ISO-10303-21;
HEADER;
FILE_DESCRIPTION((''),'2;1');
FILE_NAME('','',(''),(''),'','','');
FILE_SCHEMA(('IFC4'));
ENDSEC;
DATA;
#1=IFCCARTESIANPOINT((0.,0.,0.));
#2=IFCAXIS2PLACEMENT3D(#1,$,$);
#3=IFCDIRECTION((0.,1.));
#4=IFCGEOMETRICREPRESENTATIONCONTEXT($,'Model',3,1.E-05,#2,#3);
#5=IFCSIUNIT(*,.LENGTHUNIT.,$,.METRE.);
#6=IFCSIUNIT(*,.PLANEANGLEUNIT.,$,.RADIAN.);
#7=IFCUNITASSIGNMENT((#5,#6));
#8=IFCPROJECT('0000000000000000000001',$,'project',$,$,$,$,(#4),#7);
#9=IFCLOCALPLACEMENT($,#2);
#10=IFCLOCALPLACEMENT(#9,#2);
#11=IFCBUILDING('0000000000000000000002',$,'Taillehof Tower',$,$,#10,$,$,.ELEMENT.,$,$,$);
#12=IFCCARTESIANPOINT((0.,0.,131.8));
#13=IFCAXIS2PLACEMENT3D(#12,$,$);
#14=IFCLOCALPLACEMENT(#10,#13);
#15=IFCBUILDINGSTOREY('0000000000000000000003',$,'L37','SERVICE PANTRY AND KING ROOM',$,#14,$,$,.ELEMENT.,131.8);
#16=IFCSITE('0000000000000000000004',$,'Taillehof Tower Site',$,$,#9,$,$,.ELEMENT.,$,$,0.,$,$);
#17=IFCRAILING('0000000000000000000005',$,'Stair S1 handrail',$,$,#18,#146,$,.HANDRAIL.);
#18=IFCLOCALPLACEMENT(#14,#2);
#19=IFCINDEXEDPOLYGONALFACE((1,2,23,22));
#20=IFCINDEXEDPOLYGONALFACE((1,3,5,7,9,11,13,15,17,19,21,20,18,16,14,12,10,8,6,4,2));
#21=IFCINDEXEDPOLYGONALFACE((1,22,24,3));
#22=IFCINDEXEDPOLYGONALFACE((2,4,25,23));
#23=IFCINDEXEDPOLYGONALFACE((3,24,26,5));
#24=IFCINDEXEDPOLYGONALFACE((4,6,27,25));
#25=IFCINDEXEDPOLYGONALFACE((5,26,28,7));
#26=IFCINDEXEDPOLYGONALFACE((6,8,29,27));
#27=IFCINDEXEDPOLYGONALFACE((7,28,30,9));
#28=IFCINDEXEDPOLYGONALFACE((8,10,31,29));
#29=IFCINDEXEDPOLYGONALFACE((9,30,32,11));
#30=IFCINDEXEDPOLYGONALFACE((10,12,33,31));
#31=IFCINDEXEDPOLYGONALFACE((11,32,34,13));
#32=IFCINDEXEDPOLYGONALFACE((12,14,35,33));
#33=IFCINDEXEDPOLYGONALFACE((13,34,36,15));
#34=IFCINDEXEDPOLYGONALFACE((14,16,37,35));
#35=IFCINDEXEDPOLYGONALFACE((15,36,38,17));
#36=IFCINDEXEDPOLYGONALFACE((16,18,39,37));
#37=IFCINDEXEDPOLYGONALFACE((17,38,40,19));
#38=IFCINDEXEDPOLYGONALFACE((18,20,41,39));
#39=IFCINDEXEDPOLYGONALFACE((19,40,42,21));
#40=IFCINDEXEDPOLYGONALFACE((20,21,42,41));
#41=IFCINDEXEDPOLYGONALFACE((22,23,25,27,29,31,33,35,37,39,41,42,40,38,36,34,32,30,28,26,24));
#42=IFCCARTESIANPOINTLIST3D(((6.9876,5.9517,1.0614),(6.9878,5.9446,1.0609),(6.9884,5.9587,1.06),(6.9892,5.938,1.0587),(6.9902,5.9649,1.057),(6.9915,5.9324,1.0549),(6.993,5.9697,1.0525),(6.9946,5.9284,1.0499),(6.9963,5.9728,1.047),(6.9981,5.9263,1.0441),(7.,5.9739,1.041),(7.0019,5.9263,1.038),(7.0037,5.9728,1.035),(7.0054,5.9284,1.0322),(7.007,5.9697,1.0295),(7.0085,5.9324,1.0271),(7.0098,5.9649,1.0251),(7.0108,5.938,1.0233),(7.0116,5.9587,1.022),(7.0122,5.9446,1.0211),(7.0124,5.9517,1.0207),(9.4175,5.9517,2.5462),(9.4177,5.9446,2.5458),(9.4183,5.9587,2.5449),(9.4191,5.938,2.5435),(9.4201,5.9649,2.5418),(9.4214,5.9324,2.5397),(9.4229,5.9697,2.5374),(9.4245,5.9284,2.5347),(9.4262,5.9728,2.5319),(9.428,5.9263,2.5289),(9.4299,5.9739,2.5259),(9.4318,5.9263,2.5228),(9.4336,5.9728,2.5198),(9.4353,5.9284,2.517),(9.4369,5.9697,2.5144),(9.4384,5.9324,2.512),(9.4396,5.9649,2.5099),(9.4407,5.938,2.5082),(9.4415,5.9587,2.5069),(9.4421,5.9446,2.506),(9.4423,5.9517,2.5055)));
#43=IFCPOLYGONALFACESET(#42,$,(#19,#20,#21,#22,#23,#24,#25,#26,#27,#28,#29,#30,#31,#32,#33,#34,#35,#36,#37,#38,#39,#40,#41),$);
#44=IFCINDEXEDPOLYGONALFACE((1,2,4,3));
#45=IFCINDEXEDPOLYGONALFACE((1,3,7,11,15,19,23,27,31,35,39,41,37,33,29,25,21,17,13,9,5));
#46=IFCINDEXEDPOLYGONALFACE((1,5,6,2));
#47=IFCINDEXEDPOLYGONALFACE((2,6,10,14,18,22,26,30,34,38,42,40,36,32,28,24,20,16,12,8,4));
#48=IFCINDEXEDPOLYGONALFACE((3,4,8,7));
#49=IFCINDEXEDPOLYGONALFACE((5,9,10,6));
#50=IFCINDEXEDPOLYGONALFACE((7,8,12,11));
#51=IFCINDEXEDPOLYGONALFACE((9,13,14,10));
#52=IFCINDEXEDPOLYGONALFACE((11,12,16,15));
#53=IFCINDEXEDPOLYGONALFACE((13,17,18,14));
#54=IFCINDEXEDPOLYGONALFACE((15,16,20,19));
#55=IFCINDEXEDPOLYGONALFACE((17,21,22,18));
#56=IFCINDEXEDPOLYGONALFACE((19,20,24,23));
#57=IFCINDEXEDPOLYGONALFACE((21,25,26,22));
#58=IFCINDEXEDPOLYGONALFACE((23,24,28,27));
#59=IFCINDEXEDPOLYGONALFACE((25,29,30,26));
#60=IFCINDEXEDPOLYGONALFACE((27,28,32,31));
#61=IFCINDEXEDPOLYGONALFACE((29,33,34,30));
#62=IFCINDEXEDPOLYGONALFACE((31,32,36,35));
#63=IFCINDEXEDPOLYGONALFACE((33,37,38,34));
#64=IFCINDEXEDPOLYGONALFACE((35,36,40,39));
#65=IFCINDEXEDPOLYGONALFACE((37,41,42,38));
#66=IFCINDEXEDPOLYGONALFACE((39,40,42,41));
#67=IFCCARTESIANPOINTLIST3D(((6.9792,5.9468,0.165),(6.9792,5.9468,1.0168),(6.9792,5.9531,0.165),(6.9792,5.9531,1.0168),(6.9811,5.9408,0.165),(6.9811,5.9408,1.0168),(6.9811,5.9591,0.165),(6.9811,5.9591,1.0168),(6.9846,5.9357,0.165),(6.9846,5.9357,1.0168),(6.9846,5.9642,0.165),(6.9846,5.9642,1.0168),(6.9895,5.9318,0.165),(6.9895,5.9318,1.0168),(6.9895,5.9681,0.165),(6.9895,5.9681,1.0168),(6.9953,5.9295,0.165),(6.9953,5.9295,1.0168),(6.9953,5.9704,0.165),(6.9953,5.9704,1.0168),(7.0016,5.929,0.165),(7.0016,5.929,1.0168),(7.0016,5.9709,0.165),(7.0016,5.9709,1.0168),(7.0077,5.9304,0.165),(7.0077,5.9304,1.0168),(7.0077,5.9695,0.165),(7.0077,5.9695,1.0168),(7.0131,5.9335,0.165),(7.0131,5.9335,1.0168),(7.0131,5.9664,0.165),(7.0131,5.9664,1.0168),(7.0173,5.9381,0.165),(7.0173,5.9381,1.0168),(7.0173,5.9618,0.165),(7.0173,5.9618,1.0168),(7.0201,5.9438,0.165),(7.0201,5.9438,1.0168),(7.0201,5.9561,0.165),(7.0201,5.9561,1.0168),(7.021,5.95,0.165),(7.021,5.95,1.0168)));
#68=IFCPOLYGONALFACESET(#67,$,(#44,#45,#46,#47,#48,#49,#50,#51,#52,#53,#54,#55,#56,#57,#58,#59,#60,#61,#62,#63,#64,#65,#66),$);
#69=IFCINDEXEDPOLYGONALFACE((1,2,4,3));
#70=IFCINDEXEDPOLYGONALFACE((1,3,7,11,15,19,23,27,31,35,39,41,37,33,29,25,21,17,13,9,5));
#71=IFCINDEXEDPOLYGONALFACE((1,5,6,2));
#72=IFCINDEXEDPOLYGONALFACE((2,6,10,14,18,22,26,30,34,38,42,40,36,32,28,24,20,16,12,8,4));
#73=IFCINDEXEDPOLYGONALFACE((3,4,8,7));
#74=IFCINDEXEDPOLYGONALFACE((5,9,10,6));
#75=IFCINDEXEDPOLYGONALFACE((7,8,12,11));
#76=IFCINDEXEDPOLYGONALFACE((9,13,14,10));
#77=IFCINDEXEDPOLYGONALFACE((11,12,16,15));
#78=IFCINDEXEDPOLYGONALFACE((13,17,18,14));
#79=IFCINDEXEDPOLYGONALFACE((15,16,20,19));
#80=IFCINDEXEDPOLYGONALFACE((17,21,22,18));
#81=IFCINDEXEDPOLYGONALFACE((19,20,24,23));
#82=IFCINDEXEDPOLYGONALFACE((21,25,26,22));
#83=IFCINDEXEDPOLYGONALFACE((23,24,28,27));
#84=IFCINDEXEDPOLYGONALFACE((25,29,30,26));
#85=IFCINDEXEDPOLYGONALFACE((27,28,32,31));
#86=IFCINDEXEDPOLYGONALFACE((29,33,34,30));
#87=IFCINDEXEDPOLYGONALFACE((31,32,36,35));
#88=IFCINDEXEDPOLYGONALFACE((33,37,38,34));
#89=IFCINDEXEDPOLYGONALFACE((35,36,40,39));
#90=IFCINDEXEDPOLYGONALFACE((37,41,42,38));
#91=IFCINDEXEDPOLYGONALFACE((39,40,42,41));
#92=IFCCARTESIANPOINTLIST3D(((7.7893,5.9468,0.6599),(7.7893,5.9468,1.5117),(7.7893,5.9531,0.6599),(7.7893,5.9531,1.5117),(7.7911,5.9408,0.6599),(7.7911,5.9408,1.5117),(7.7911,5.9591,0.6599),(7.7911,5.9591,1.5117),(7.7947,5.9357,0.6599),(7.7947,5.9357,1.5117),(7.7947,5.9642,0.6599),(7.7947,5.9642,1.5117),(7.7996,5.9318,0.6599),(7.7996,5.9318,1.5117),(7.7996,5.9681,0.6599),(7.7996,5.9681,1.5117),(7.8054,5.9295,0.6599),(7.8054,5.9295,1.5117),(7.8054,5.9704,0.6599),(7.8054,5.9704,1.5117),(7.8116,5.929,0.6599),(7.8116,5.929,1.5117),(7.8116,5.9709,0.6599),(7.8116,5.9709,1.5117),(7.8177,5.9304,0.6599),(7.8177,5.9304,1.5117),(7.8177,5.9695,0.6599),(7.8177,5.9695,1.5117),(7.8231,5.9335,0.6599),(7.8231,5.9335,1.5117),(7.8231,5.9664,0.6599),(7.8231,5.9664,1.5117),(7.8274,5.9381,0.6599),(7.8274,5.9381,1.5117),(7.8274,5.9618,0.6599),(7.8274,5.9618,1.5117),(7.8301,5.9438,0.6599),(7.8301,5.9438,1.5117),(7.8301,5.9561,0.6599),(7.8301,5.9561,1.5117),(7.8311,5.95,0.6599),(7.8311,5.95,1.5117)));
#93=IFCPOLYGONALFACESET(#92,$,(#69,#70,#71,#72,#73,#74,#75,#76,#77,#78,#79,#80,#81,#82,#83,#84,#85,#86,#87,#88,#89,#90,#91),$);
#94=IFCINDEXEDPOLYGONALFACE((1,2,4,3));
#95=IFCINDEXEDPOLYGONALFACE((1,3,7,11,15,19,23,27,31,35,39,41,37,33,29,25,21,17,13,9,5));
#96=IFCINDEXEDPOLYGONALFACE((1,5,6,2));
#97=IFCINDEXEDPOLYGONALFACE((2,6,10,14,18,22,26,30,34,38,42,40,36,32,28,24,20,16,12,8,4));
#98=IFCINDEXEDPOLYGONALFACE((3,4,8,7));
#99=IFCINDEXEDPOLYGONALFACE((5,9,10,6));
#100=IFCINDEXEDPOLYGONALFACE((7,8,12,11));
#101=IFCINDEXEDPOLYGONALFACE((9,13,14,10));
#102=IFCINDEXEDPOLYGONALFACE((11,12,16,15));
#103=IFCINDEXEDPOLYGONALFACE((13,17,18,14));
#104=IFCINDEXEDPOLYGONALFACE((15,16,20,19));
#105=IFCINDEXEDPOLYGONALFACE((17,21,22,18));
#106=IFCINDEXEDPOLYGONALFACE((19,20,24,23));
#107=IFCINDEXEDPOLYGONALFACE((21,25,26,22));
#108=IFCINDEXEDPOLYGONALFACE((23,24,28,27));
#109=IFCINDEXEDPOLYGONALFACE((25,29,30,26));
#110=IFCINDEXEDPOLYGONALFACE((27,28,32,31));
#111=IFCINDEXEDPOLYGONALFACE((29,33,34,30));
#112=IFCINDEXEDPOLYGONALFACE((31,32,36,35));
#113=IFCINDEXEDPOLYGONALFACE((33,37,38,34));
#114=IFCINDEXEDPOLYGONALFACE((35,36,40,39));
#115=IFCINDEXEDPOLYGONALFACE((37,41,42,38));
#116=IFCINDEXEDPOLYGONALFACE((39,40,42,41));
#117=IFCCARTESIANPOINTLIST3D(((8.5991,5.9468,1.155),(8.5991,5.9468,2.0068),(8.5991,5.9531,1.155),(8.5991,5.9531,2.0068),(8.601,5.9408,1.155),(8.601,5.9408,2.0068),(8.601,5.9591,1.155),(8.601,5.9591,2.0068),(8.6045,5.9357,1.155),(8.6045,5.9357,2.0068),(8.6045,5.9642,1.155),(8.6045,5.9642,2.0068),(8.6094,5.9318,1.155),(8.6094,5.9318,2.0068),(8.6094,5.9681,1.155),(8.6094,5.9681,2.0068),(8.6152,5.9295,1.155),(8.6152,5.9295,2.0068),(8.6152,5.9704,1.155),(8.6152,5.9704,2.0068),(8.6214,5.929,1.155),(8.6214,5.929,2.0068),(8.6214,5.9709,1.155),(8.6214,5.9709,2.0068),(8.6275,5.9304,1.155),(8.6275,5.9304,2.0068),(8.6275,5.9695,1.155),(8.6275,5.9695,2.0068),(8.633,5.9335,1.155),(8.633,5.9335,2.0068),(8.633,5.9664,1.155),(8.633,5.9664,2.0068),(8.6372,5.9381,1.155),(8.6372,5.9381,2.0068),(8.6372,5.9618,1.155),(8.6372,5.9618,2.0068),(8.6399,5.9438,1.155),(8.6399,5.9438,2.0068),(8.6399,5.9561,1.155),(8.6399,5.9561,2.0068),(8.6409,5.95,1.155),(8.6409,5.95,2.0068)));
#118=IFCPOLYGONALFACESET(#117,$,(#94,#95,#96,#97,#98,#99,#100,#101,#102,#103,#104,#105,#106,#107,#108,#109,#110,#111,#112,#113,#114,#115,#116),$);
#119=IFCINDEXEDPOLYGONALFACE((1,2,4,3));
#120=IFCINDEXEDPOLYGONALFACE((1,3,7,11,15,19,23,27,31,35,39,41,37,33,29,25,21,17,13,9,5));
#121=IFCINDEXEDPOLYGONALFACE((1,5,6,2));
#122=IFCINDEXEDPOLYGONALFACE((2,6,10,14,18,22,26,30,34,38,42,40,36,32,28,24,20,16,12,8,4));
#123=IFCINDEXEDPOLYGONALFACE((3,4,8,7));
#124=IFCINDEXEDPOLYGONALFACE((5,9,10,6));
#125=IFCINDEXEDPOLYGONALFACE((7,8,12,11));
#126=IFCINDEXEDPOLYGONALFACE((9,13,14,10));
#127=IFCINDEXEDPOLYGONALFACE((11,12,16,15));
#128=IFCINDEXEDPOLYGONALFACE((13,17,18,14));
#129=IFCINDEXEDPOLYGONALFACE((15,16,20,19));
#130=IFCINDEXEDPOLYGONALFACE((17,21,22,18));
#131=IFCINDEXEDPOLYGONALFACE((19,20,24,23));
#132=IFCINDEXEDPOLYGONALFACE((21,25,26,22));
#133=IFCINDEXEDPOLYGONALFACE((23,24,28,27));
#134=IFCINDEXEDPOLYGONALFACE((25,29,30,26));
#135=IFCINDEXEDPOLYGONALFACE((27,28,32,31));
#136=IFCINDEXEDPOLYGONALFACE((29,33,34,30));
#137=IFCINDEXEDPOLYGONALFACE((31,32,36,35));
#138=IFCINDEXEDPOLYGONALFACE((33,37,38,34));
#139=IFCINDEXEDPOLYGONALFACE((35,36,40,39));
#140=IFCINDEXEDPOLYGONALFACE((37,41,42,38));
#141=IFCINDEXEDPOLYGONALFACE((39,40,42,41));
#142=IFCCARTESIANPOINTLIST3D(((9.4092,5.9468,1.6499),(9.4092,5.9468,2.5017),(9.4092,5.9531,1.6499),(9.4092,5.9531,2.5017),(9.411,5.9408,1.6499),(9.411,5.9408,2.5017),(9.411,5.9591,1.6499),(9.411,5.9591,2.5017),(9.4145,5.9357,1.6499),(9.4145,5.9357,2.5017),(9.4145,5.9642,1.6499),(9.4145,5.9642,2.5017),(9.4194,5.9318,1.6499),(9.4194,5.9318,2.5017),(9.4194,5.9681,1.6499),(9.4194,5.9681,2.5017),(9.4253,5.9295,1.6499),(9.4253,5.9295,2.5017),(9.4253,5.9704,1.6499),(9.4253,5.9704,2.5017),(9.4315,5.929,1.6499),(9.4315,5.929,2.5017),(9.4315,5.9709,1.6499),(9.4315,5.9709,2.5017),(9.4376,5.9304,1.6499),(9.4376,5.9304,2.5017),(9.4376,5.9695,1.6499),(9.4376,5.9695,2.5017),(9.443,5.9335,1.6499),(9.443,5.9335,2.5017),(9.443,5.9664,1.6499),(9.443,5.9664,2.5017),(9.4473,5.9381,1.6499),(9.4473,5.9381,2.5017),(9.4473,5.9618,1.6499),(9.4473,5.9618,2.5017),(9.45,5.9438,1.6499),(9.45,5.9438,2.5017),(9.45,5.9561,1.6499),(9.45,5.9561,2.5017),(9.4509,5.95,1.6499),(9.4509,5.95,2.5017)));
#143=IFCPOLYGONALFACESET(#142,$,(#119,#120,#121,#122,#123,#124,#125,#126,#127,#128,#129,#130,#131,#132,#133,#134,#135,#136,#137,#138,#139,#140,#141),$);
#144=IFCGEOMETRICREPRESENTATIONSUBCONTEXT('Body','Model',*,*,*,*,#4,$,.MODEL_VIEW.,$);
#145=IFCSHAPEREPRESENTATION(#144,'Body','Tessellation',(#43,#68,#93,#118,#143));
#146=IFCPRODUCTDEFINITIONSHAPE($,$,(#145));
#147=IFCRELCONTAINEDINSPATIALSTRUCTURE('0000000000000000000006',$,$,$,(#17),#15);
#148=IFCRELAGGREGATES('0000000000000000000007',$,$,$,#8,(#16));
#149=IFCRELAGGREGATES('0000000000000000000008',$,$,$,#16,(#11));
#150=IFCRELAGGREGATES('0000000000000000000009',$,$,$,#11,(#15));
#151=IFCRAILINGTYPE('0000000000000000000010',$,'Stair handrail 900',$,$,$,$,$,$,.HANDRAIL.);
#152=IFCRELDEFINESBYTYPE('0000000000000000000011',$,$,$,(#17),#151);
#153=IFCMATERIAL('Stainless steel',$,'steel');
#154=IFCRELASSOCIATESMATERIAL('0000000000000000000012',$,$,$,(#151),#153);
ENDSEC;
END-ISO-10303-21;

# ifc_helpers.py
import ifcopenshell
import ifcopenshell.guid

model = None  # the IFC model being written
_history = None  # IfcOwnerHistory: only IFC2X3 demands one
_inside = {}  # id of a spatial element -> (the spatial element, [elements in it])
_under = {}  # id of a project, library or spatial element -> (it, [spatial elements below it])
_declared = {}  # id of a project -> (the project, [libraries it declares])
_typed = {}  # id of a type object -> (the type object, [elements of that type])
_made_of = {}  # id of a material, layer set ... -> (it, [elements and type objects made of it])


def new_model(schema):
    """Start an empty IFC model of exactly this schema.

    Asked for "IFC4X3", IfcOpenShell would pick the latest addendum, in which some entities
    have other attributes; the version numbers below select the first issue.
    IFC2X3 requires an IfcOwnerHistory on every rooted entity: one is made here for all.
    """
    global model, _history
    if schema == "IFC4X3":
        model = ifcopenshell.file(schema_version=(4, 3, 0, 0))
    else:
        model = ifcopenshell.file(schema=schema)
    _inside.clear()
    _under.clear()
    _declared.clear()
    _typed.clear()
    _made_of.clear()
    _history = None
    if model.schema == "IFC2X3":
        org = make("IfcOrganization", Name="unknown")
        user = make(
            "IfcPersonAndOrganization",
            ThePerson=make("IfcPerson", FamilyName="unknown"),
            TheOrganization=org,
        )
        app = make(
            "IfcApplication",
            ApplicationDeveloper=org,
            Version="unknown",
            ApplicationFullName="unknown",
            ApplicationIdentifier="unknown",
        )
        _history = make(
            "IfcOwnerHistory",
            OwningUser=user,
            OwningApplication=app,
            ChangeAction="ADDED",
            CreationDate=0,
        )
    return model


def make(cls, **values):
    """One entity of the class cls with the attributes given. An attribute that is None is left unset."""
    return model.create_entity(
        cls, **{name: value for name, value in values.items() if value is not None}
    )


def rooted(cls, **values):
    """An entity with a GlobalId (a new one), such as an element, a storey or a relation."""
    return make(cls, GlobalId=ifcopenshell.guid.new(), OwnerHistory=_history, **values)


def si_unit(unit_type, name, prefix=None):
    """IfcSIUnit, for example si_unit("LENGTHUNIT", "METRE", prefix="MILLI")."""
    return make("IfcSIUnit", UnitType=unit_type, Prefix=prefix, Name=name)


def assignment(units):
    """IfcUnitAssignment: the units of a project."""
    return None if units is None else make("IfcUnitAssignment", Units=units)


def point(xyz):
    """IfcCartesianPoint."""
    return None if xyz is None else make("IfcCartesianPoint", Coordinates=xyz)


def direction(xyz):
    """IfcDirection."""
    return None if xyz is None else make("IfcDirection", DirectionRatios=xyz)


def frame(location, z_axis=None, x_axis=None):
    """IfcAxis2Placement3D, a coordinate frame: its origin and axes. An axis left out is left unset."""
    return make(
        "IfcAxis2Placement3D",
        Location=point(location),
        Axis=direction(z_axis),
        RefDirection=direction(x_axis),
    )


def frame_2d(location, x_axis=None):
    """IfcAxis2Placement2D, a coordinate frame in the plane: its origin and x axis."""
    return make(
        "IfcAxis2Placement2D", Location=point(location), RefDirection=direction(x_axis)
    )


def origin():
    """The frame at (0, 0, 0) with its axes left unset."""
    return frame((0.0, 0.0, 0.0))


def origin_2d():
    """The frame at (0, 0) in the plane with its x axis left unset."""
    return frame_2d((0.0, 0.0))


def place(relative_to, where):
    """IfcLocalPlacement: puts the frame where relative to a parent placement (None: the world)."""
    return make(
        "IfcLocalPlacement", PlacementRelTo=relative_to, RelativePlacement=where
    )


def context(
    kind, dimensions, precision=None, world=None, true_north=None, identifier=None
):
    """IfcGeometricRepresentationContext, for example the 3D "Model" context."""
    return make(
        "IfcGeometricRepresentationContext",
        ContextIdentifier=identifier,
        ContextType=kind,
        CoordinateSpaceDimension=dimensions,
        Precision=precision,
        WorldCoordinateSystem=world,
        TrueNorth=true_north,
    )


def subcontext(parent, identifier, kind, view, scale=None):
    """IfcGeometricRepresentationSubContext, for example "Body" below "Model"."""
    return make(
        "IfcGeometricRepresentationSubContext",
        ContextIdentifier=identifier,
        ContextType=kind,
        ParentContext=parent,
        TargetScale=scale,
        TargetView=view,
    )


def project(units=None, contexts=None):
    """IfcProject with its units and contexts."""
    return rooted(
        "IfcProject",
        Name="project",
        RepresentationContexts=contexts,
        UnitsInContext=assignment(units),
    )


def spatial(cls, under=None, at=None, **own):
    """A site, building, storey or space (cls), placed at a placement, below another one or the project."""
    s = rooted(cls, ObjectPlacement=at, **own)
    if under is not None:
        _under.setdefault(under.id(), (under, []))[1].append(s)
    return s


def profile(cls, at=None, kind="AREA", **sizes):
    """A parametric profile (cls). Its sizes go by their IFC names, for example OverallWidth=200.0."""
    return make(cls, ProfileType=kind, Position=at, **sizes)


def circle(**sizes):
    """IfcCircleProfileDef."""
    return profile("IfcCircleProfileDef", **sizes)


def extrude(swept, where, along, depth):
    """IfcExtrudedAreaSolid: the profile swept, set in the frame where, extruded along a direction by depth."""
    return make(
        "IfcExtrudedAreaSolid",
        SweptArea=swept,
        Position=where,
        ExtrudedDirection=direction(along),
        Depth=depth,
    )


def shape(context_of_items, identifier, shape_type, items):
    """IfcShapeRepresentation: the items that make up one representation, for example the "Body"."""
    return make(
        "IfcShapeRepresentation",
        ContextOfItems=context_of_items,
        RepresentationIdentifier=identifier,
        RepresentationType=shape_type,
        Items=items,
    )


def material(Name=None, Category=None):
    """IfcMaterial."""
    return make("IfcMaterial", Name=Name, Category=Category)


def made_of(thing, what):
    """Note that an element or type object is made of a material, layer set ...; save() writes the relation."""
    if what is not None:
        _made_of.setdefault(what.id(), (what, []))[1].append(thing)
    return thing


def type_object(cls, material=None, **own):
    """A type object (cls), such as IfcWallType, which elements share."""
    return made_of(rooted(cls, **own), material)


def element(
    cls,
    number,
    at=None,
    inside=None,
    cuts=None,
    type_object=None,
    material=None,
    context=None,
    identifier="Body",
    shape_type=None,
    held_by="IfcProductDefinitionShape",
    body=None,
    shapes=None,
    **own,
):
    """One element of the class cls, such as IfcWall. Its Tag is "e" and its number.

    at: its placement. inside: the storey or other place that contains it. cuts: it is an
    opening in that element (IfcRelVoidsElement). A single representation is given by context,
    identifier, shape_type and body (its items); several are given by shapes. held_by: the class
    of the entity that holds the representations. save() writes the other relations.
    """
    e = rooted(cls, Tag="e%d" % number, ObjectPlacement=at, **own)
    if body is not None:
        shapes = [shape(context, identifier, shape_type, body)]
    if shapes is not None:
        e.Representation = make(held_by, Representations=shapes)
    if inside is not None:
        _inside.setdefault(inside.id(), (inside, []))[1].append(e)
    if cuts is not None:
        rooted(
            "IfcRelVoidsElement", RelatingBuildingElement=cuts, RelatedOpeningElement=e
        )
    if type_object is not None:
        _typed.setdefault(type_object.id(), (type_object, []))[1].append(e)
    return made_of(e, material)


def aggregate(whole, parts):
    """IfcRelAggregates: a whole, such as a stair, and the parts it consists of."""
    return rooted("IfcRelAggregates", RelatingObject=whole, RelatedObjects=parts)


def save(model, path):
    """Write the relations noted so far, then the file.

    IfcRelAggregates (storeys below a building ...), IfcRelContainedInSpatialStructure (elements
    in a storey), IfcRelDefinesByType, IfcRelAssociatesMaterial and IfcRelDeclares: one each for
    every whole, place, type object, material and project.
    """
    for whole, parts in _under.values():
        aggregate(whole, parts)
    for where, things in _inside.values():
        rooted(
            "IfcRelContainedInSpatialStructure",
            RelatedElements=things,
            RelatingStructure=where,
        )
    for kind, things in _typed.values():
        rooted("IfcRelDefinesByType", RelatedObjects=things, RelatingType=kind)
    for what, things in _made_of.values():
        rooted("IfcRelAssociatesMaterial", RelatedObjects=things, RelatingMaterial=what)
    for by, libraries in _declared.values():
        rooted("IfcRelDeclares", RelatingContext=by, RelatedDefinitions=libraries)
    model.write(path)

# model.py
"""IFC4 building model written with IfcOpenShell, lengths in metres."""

from ifc_helpers import new_model, si_unit, direction, frame, origin, origin_2d, place, context, subcontext, project, spatial, circle, extrude, material, type_object, element, save


model = new_model("IFC4")

# Units and contexts
model_context = context("Model", 3, precision=1e-05, world=origin(), true_north=direction((0.0, 1.0)))
body_context = subcontext(model_context, "Body", "Model", "MODEL_VIEW")
ifc_project = project(units=[si_unit("LENGTHUNIT", "METRE"), si_unit("PLANEANGLEUNIT", "RADIAN")], contexts=[model_context])

# Site, building, storey
site_placement = place(None, origin())
site = spatial("IfcSite", under=ifc_project, at=site_placement, Name="Taillehof Tower Site", CompositionType="ELEMENT", RefElevation=0.0)
building_placement = place(site_placement, origin())
building = spatial("IfcBuilding", under=site, at=building_placement, Name="Taillehof Tower", CompositionType="ELEMENT")
storey_placement = place(building_placement, frame((0.0, 0.0, 131.8)))
storey = spatial("IfcBuildingStorey", under=building, at=storey_placement, Name="L37", Description="SERVICE PANTRY AND KING ROOM", CompositionType="ELEMENT", Elevation=131.8)

# Railing
ifc_material_1 = material(Name="Stainless steel", Category="steel")
railing_type = type_object("IfcRailingType", Name="Stair handrail 900", PredefinedType="HANDRAIL", material=ifc_material_1)
railing_placement = place(storey_placement, frame((7.0, 5.95, 0.165)))
element("IfcRailing", 1, at=railing_placement, inside=storey, type_object=railing_type, Name="Stair S1 handrail", PredefinedType="HANDRAIL", context=body_context, shape_type="SweptSolid", body=[
    extrude(circle(Radius=0.0239, at=origin_2d()), frame((0.0, 0.0, 0.876), z_axis=(0.853297, 0.0, 0.521426), x_axis=(0.0, 1.0, 0.0)), (0.0, 0.0, 1.0), 2.8477),
    extrude(circle(Radius=0.021, at=origin_2d()), origin(), (0.0, 0.0, 1.0), 0.8518),
    extrude(circle(Radius=0.021, at=origin_2d()), frame((0.8101, 0.0, 0.4949)), (0.0, 0.0, 1.0), 0.8518),
    extrude(circle(Radius=0.021, at=origin_2d()), frame((1.6199, 0.0, 0.99)), (0.0, 0.0, 1.0), 0.8518),
    extrude(circle(Radius=0.021, at=origin_2d()), frame((2.4299, 0.0, 1.4849)), (0.0, 0.0, 1.0), 0.8518),
])

save(model, "model.ifc")
